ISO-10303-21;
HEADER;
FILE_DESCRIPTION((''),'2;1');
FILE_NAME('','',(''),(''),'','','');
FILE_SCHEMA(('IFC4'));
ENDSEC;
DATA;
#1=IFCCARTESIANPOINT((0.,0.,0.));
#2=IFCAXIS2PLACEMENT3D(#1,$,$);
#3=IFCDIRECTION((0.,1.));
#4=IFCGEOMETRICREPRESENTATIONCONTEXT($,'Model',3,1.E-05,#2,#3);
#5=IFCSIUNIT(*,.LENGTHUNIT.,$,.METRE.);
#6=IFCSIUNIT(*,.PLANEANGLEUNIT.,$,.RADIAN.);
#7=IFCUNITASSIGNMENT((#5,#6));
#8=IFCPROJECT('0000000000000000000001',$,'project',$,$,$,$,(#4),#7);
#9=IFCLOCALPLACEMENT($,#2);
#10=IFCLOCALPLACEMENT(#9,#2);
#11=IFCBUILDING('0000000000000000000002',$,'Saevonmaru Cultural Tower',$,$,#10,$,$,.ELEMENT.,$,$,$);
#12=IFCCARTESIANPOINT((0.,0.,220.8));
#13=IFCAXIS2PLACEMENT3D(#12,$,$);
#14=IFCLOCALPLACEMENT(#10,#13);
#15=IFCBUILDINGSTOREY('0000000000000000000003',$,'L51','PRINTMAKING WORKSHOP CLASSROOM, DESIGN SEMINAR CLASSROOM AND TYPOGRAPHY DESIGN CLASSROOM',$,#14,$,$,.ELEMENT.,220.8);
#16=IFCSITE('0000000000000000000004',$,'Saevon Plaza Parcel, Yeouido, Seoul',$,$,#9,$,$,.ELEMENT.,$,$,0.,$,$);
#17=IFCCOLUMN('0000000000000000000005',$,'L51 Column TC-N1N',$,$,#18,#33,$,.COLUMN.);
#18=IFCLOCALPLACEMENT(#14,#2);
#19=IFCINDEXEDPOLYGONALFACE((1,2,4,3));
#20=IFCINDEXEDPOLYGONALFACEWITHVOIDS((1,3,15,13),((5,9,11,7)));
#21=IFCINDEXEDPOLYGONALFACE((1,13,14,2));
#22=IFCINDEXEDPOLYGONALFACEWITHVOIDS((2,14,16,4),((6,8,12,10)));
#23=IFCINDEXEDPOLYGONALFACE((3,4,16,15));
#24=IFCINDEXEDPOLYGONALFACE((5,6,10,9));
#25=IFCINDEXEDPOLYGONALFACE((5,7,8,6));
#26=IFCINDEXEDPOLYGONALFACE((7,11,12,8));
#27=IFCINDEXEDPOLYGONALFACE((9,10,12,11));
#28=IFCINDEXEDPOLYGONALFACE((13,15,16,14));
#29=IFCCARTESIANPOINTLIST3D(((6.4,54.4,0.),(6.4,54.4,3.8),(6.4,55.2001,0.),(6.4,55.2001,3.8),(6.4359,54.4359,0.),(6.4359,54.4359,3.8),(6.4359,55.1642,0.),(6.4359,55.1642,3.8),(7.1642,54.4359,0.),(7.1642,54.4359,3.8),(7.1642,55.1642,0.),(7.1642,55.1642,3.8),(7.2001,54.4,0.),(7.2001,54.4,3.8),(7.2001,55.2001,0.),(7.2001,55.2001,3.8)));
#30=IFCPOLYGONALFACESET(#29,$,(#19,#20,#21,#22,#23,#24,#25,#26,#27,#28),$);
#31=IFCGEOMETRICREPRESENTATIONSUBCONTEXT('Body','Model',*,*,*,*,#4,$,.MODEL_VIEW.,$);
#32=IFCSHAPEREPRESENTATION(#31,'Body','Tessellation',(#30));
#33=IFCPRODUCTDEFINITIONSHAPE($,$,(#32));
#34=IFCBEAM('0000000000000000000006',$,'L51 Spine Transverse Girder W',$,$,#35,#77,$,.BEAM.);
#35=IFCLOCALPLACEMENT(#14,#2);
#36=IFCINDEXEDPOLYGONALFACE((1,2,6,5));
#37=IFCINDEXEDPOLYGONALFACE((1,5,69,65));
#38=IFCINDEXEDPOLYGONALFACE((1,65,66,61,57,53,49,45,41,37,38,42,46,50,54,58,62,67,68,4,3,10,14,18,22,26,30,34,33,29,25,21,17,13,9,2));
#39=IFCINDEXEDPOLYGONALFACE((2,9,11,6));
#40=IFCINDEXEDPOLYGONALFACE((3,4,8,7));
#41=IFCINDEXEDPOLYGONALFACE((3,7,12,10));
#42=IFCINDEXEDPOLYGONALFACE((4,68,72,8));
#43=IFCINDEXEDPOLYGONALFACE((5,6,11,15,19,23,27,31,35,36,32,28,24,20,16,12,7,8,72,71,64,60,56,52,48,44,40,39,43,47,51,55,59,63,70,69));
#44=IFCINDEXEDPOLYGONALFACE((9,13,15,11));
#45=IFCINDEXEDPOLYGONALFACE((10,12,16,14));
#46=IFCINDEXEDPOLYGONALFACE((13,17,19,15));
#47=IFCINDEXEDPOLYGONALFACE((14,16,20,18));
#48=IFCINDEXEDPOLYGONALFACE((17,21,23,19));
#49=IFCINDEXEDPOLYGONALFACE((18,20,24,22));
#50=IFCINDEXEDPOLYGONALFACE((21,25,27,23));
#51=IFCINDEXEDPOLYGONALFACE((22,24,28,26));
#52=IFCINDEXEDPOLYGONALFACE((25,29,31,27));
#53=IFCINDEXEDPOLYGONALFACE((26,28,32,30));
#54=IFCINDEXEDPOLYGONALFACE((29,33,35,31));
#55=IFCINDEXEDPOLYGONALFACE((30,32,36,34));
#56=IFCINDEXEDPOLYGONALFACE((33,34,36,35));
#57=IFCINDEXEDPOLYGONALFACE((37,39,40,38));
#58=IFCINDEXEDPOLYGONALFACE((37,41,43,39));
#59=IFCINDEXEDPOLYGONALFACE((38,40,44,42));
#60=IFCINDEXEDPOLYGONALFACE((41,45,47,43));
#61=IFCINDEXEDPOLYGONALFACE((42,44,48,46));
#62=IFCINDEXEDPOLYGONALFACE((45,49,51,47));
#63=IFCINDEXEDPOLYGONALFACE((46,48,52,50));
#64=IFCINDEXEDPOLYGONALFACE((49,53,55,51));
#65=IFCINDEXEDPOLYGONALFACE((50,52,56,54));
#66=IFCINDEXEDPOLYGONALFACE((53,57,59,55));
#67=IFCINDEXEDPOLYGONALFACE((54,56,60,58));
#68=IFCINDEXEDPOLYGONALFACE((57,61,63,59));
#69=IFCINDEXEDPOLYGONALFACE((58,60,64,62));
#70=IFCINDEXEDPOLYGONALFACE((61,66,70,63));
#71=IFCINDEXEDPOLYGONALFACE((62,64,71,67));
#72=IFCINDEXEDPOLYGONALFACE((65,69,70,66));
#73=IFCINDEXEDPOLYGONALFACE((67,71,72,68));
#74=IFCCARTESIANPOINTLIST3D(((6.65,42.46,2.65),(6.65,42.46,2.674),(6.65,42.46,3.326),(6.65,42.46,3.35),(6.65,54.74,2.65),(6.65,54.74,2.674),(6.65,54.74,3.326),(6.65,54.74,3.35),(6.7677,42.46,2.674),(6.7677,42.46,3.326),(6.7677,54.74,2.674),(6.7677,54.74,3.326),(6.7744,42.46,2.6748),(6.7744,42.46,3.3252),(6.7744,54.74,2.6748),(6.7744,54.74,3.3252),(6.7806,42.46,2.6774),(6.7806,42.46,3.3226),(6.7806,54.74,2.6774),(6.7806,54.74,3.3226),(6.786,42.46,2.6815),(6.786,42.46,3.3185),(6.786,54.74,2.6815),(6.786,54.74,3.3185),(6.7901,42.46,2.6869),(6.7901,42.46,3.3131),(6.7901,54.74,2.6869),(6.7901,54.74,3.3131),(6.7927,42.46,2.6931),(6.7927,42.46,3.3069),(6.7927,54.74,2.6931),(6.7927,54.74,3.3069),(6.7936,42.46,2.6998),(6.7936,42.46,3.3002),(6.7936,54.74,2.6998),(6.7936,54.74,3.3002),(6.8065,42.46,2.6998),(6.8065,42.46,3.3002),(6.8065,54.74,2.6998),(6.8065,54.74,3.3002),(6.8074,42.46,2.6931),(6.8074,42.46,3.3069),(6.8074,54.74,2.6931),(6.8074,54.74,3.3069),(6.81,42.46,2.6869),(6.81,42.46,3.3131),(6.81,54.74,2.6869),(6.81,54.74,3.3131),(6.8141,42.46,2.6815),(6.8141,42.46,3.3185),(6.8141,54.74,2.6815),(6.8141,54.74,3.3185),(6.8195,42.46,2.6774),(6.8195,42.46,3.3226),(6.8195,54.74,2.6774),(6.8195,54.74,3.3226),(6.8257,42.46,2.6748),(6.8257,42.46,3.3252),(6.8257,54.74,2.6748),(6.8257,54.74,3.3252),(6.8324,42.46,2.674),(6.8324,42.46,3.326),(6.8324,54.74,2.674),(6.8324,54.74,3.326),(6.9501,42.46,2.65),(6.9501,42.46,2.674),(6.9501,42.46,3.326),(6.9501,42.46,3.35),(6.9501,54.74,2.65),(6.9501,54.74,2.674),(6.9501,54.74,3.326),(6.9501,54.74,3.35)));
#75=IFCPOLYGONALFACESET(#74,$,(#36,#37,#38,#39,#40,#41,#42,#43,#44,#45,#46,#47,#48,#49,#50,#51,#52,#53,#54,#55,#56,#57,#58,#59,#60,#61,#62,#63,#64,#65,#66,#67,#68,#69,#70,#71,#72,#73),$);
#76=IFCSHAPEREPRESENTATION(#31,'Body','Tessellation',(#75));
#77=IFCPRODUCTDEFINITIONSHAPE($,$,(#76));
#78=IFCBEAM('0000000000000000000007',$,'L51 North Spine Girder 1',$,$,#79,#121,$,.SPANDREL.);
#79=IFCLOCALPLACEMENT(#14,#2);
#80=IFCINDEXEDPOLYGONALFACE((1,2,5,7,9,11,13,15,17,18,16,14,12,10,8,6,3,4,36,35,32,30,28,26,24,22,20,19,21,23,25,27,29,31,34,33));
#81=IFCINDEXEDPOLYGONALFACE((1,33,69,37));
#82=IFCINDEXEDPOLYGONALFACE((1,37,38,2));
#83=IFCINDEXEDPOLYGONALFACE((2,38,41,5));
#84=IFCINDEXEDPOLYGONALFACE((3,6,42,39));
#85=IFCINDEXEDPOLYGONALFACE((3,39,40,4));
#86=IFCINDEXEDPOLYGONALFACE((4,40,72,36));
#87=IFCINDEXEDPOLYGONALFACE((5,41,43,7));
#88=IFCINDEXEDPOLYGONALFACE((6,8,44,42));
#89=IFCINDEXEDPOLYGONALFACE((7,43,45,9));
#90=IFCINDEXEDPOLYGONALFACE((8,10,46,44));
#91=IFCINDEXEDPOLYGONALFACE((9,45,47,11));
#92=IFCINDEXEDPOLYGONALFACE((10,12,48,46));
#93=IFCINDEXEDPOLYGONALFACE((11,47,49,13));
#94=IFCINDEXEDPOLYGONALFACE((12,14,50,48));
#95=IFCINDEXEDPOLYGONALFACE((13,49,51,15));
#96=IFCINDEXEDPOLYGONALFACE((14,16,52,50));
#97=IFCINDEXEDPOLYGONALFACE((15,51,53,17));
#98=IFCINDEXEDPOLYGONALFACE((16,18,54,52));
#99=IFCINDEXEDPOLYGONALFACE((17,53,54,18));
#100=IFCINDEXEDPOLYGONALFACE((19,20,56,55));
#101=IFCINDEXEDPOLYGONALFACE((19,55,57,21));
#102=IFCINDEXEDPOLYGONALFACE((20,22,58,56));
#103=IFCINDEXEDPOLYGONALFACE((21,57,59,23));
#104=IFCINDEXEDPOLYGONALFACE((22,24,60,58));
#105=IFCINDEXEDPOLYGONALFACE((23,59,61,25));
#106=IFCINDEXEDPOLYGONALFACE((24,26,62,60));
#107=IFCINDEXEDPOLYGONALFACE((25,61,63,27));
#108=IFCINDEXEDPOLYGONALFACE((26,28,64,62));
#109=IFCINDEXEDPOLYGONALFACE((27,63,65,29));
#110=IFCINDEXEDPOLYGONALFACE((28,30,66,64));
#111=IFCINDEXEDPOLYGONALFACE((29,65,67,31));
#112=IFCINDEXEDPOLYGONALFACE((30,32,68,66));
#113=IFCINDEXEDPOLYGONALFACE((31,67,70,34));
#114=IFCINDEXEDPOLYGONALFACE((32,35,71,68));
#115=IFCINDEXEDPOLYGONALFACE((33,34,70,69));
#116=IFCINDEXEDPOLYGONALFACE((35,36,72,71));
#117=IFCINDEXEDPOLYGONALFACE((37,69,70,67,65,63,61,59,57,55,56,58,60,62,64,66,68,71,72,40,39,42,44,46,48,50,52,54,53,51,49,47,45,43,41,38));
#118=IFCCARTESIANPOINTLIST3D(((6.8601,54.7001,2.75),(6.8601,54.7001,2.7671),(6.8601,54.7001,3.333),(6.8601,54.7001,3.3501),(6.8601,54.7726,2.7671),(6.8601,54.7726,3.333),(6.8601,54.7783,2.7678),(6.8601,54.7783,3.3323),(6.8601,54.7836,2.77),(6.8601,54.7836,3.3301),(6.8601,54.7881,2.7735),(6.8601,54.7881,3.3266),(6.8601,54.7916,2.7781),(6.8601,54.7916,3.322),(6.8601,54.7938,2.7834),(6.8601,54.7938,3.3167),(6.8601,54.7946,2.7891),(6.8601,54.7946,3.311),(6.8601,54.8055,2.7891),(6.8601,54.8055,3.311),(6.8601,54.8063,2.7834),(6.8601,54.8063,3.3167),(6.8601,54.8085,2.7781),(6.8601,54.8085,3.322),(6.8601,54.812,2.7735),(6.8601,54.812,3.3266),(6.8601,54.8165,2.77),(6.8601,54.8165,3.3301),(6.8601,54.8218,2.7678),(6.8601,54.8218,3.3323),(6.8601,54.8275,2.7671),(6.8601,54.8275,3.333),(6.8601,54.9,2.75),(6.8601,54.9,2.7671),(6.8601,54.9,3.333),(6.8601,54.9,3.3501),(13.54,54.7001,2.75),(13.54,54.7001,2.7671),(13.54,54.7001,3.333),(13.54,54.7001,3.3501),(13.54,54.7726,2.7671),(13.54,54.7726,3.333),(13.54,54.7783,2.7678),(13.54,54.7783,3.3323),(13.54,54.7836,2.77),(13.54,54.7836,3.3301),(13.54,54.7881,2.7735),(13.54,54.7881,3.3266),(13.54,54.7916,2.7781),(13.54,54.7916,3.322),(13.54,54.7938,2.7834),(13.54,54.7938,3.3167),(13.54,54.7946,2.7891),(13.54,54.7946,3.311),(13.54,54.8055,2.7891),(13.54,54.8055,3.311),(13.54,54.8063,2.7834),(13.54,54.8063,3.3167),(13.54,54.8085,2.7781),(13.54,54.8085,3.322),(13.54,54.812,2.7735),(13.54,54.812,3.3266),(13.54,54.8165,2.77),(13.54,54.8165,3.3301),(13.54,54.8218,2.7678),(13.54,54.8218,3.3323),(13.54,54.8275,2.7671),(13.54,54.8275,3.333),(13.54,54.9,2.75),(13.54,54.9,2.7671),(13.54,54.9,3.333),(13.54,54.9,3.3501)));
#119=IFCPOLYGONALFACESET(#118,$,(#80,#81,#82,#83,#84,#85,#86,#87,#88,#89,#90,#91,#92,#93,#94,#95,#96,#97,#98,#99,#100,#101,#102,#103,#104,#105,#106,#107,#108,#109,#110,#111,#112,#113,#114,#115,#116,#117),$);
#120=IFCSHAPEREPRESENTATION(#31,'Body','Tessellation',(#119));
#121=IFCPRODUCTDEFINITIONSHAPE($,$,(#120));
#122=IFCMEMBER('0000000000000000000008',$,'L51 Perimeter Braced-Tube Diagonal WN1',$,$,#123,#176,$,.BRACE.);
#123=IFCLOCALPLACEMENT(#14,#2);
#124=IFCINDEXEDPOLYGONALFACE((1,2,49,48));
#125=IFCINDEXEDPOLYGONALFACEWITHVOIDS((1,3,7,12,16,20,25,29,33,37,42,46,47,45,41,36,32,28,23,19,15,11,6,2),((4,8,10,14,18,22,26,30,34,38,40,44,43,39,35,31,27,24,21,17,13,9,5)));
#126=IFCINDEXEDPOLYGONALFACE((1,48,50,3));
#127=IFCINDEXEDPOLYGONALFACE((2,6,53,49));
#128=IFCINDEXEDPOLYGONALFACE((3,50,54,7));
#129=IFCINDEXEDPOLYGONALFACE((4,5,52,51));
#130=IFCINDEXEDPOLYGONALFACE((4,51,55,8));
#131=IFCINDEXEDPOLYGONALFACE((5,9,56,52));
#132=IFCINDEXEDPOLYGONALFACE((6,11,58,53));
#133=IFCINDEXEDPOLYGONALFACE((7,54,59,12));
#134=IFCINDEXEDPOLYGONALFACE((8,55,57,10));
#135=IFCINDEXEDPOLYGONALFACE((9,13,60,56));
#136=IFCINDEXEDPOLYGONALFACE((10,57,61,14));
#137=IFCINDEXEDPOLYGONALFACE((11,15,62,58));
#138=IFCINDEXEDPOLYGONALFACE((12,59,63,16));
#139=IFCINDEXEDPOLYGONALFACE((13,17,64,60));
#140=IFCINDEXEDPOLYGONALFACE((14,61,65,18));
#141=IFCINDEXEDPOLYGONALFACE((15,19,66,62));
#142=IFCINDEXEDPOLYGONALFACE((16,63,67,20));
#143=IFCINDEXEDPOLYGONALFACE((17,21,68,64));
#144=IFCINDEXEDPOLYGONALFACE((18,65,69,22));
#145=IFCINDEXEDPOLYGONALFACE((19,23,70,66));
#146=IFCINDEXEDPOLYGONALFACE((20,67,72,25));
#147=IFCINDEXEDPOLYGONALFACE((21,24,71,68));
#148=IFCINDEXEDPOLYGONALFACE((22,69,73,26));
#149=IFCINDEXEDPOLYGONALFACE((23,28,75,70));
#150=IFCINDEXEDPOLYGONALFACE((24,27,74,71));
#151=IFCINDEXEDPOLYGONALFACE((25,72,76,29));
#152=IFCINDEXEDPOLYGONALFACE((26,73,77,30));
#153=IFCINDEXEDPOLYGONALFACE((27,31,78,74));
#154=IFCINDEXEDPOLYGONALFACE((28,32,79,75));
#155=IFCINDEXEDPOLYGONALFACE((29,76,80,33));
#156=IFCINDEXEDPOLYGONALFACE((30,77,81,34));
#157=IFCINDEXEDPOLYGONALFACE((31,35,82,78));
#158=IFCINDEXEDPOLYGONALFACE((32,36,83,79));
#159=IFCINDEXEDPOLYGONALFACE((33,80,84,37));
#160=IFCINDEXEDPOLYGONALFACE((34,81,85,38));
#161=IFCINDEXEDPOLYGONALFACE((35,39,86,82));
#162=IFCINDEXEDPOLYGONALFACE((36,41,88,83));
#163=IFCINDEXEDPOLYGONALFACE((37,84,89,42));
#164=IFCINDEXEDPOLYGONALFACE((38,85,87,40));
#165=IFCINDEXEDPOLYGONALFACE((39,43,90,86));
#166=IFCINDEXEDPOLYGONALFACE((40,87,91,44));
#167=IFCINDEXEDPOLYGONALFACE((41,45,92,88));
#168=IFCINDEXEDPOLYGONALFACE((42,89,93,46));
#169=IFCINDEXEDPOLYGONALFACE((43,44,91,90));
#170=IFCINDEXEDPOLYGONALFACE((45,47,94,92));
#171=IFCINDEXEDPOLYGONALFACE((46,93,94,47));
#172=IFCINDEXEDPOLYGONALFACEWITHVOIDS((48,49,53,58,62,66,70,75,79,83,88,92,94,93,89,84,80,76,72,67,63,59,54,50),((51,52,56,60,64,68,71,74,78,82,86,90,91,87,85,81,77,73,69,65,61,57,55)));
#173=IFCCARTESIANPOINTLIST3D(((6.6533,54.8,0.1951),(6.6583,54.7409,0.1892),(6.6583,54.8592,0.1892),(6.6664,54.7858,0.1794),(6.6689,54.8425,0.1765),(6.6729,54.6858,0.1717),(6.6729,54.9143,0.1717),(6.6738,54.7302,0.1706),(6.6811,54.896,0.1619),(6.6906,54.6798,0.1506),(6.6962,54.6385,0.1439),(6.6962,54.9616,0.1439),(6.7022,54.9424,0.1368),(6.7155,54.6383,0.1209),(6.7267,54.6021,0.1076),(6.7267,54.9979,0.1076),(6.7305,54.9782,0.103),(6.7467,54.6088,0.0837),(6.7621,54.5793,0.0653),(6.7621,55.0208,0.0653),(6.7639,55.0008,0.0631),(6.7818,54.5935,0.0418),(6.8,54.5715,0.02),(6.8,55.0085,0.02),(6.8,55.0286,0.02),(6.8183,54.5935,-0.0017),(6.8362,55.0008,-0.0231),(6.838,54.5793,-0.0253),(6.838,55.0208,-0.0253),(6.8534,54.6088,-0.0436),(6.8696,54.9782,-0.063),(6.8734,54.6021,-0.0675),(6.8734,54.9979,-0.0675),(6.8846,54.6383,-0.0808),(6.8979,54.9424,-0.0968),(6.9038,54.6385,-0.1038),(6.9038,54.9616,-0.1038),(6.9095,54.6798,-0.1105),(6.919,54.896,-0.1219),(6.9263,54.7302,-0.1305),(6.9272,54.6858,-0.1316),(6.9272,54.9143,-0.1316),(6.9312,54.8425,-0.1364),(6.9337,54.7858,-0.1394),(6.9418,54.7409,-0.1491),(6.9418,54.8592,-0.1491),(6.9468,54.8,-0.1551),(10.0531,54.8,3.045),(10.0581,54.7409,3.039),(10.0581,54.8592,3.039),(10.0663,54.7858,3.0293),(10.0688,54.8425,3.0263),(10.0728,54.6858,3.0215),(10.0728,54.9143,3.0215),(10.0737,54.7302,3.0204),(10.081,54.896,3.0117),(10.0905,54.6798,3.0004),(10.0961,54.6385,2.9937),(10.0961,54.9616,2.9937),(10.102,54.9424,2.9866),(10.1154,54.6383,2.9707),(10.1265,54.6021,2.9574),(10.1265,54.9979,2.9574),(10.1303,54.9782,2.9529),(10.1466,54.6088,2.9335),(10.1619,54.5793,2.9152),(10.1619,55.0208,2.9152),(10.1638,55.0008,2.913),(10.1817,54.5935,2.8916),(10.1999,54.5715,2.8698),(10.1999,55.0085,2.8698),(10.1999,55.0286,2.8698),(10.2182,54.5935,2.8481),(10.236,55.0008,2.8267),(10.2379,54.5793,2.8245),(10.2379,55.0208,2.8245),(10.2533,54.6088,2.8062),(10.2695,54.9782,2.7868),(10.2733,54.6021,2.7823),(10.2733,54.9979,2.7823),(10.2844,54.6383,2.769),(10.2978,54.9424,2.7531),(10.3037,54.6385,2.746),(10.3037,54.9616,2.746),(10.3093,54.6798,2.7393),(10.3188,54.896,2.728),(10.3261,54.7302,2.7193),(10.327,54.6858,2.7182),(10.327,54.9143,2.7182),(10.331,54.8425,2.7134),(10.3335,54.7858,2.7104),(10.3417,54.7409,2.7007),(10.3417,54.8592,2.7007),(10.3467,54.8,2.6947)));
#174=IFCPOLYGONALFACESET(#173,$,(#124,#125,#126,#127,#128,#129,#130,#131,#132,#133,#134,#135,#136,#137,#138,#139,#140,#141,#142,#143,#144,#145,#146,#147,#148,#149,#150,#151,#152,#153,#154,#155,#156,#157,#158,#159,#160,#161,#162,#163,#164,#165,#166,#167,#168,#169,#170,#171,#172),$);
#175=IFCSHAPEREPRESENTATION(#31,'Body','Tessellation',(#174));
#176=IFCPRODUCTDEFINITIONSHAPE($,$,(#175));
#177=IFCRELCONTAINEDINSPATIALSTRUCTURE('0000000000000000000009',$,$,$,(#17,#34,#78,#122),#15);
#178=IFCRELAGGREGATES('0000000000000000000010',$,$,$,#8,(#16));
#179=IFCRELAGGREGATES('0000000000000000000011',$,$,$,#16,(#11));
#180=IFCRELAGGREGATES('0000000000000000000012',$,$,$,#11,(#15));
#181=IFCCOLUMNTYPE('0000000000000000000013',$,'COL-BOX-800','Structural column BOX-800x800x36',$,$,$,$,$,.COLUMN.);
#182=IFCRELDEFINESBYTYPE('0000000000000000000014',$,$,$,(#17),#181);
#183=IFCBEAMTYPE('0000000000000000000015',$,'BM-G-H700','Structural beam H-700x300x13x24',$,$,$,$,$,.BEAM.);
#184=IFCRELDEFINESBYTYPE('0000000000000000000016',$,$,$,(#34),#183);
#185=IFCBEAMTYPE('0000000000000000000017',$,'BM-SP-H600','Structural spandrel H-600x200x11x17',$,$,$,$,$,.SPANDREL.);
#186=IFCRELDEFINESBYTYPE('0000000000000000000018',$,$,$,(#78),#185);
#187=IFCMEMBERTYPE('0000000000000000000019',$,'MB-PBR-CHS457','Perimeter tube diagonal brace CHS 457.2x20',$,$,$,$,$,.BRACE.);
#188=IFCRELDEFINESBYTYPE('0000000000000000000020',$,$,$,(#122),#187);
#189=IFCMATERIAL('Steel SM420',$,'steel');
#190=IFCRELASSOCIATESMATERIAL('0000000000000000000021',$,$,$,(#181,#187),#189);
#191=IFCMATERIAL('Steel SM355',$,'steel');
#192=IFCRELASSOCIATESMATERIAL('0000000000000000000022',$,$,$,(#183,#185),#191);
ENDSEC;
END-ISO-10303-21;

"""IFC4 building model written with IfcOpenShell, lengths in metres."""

from ifc_helpers import new_model, si_unit, direction, frame, origin, origin_2d, place, context, subcontext, project, spatial, hollow_rectangle, hollow_circle, i_section, extrude, material, material_profile, profile_set, type_object, element, save


model = new_model("IFC4")

# Units and contexts
model_context = context("Model", 3, precision=1e-05, world=origin(), true_north=direction((0.0, 1.0)))
body_context = subcontext(model_context, "Body", "Model", "MODEL_VIEW")
ifc_project = project(units=[si_unit("LENGTHUNIT", "METRE"), si_unit("PLANEANGLEUNIT", "RADIAN")], contexts=[model_context])

# Site, building, storey
site_placement = place(None, origin())
site = spatial("IfcSite", under=ifc_project, at=site_placement, Name="Saevon Plaza Parcel, Yeouido, Seoul", CompositionType="ELEMENT", RefElevation=0.0)
building_placement = place(site_placement, origin())
building = spatial("IfcBuilding", under=site, at=building_placement, Name="Saevonmaru Cultural Tower", CompositionType="ELEMENT")
storey_placement = place(building_placement, frame((0.0, 0.0, 220.8)))
storey = spatial("IfcBuildingStorey", under=building, at=storey_placement, Name="L51", Description="PRINTMAKING WORKSHOP CLASSROOM, DESIGN SEMINAR CLASSROOM AND TYPOGRAPHY DESIGN CLASSROOM", CompositionType="ELEMENT", Elevation=220.8)

# Column
ifc_material_1 = material(Name="Steel SM420", Category="steel")
ifc_material_profile_1 = material_profile(ifc_material_1, hollow_rectangle(XDim=0.8, YDim=0.8, WallThickness=0.0359, at=origin_2d()), Name="BOX-800x800x36")
ifc_profile_set_1 = profile_set([ifc_material_profile_1], Name="Steel SM420")
column_type = type_object("IfcColumnType", Name="COL-BOX-800", Description="Structural column BOX-800x800x36", PredefinedType="COLUMN", material=ifc_profile_set_1)
column_placement = place(storey_placement, frame((6.8, 54.8, 0.0), z_axis=(0.0, 0.0, 1.0), x_axis=(1.0, 0.0, 0.0)))
element("IfcColumn", 1, at=column_placement, inside=storey, type_object=column_type, Name="L51 Column TC-N1N", PredefinedType="COLUMN", context=body_context, shape_type="SweptSolid", body=[
    extrude(hollow_rectangle(XDim=0.8, YDim=0.8, WallThickness=0.0359, at=origin_2d()), origin(), (0.0, 0.0, 1.0), 3.8),
])

# Beams
ifc_material_2 = material(Name="Steel SM355", Category="steel")
ifc_material_profile_2 = material_profile(ifc_material_2, i_section(OverallWidth=0.3, OverallDepth=0.7, WebThickness=0.0129, FlangeThickness=0.0239, FilletRadius=0.0259, at=origin_2d()), Name="H-700x300x13x24")
ifc_profile_set_2 = profile_set([ifc_material_profile_2], Name="Steel SM355")
beam_type_1 = type_object("IfcBeamType", Name="BM-G-H700", Description="Structural beam H-700x300x13x24", PredefinedType="BEAM", material=ifc_profile_set_2)
beam_1_placement = place(storey_placement, frame((6.8, 54.74, 3.0), z_axis=(0.0, -1.0, 0.0), x_axis=(1.0, 0.0, 0.0)))
element("IfcBeam", 2, at=beam_1_placement, inside=storey, type_object=beam_type_1, Name="L51 Spine Transverse Girder W", PredefinedType="BEAM", context=body_context, shape_type="SweptSolid", body=[
    extrude(i_section(OverallWidth=0.3, OverallDepth=0.7, WebThickness=0.0129, FlangeThickness=0.0239, FilletRadius=0.0259, at=origin_2d()), origin(), (0.0, 0.0, 1.0), 12.28),
])
ifc_material_profile_3 = material_profile(ifc_material_2, i_section(OverallWidth=0.2, OverallDepth=0.6001, WebThickness=0.011, FlangeThickness=0.0171, FilletRadius=0.022, at=origin_2d()), Name="H-600x200x11x17")
ifc_profile_set_3 = profile_set([ifc_material_profile_3], Name="Steel SM355")
beam_type_2 = type_object("IfcBeamType", Name="BM-SP-H600", Description="Structural spandrel H-600x200x11x17", PredefinedType="SPANDREL", material=ifc_profile_set_3)
beam_2_placement = place(storey_placement, frame((6.8601, 54.8, 3.05), z_axis=(1.0, 0.0, 0.0), x_axis=(0.0, 1.0, 0.0)))
element("IfcBeam", 3, at=beam_2_placement, inside=storey, type_object=beam_type_2, Name="L51 North Spine Girder 1", PredefinedType="SPANDREL", context=body_context, shape_type="SweptSolid", body=[
    extrude(i_section(OverallWidth=0.2, OverallDepth=0.6001, WebThickness=0.011, FlangeThickness=0.0171, FilletRadius=0.022, at=origin_2d()), origin(), (0.0, 0.0, 1.0), 6.6799),
])

# Member
ifc_material_profile_4 = material_profile(ifc_material_1, hollow_circle(Radius=0.2285, WallThickness=0.02, at=origin_2d()), Name="CHS-457.2x20")
ifc_profile_set_4 = profile_set([ifc_material_profile_4], Name="Steel SM420")
member_type_1 = type_object("IfcMemberType", Name="MB-PBR-CHS457", Description="Perimeter tube diagonal brace CHS 457.2x20", PredefinedType="BRACE", material=ifc_profile_set_4)
member_1_placement = place(storey_placement, frame((6.8, 54.8, 0.02), z_axis=(0.766378, 0.0, 0.64239), x_axis=(0.0, 1.0, 0.0)))
element("IfcMember", 4, at=member_1_placement, inside=storey, type_object=member_type_1, Name="L51 Perimeter Braced-Tube Diagonal WN1", PredefinedType="BRACE", context=body_context, shape_type="SweptSolid", body=[
    extrude(hollow_circle(Radius=0.2285, WallThickness=0.02, at=origin_2d()), origin(), (0.0, 0.0, 1.0), 4.4363),
])

save(model, "model.ifc")
